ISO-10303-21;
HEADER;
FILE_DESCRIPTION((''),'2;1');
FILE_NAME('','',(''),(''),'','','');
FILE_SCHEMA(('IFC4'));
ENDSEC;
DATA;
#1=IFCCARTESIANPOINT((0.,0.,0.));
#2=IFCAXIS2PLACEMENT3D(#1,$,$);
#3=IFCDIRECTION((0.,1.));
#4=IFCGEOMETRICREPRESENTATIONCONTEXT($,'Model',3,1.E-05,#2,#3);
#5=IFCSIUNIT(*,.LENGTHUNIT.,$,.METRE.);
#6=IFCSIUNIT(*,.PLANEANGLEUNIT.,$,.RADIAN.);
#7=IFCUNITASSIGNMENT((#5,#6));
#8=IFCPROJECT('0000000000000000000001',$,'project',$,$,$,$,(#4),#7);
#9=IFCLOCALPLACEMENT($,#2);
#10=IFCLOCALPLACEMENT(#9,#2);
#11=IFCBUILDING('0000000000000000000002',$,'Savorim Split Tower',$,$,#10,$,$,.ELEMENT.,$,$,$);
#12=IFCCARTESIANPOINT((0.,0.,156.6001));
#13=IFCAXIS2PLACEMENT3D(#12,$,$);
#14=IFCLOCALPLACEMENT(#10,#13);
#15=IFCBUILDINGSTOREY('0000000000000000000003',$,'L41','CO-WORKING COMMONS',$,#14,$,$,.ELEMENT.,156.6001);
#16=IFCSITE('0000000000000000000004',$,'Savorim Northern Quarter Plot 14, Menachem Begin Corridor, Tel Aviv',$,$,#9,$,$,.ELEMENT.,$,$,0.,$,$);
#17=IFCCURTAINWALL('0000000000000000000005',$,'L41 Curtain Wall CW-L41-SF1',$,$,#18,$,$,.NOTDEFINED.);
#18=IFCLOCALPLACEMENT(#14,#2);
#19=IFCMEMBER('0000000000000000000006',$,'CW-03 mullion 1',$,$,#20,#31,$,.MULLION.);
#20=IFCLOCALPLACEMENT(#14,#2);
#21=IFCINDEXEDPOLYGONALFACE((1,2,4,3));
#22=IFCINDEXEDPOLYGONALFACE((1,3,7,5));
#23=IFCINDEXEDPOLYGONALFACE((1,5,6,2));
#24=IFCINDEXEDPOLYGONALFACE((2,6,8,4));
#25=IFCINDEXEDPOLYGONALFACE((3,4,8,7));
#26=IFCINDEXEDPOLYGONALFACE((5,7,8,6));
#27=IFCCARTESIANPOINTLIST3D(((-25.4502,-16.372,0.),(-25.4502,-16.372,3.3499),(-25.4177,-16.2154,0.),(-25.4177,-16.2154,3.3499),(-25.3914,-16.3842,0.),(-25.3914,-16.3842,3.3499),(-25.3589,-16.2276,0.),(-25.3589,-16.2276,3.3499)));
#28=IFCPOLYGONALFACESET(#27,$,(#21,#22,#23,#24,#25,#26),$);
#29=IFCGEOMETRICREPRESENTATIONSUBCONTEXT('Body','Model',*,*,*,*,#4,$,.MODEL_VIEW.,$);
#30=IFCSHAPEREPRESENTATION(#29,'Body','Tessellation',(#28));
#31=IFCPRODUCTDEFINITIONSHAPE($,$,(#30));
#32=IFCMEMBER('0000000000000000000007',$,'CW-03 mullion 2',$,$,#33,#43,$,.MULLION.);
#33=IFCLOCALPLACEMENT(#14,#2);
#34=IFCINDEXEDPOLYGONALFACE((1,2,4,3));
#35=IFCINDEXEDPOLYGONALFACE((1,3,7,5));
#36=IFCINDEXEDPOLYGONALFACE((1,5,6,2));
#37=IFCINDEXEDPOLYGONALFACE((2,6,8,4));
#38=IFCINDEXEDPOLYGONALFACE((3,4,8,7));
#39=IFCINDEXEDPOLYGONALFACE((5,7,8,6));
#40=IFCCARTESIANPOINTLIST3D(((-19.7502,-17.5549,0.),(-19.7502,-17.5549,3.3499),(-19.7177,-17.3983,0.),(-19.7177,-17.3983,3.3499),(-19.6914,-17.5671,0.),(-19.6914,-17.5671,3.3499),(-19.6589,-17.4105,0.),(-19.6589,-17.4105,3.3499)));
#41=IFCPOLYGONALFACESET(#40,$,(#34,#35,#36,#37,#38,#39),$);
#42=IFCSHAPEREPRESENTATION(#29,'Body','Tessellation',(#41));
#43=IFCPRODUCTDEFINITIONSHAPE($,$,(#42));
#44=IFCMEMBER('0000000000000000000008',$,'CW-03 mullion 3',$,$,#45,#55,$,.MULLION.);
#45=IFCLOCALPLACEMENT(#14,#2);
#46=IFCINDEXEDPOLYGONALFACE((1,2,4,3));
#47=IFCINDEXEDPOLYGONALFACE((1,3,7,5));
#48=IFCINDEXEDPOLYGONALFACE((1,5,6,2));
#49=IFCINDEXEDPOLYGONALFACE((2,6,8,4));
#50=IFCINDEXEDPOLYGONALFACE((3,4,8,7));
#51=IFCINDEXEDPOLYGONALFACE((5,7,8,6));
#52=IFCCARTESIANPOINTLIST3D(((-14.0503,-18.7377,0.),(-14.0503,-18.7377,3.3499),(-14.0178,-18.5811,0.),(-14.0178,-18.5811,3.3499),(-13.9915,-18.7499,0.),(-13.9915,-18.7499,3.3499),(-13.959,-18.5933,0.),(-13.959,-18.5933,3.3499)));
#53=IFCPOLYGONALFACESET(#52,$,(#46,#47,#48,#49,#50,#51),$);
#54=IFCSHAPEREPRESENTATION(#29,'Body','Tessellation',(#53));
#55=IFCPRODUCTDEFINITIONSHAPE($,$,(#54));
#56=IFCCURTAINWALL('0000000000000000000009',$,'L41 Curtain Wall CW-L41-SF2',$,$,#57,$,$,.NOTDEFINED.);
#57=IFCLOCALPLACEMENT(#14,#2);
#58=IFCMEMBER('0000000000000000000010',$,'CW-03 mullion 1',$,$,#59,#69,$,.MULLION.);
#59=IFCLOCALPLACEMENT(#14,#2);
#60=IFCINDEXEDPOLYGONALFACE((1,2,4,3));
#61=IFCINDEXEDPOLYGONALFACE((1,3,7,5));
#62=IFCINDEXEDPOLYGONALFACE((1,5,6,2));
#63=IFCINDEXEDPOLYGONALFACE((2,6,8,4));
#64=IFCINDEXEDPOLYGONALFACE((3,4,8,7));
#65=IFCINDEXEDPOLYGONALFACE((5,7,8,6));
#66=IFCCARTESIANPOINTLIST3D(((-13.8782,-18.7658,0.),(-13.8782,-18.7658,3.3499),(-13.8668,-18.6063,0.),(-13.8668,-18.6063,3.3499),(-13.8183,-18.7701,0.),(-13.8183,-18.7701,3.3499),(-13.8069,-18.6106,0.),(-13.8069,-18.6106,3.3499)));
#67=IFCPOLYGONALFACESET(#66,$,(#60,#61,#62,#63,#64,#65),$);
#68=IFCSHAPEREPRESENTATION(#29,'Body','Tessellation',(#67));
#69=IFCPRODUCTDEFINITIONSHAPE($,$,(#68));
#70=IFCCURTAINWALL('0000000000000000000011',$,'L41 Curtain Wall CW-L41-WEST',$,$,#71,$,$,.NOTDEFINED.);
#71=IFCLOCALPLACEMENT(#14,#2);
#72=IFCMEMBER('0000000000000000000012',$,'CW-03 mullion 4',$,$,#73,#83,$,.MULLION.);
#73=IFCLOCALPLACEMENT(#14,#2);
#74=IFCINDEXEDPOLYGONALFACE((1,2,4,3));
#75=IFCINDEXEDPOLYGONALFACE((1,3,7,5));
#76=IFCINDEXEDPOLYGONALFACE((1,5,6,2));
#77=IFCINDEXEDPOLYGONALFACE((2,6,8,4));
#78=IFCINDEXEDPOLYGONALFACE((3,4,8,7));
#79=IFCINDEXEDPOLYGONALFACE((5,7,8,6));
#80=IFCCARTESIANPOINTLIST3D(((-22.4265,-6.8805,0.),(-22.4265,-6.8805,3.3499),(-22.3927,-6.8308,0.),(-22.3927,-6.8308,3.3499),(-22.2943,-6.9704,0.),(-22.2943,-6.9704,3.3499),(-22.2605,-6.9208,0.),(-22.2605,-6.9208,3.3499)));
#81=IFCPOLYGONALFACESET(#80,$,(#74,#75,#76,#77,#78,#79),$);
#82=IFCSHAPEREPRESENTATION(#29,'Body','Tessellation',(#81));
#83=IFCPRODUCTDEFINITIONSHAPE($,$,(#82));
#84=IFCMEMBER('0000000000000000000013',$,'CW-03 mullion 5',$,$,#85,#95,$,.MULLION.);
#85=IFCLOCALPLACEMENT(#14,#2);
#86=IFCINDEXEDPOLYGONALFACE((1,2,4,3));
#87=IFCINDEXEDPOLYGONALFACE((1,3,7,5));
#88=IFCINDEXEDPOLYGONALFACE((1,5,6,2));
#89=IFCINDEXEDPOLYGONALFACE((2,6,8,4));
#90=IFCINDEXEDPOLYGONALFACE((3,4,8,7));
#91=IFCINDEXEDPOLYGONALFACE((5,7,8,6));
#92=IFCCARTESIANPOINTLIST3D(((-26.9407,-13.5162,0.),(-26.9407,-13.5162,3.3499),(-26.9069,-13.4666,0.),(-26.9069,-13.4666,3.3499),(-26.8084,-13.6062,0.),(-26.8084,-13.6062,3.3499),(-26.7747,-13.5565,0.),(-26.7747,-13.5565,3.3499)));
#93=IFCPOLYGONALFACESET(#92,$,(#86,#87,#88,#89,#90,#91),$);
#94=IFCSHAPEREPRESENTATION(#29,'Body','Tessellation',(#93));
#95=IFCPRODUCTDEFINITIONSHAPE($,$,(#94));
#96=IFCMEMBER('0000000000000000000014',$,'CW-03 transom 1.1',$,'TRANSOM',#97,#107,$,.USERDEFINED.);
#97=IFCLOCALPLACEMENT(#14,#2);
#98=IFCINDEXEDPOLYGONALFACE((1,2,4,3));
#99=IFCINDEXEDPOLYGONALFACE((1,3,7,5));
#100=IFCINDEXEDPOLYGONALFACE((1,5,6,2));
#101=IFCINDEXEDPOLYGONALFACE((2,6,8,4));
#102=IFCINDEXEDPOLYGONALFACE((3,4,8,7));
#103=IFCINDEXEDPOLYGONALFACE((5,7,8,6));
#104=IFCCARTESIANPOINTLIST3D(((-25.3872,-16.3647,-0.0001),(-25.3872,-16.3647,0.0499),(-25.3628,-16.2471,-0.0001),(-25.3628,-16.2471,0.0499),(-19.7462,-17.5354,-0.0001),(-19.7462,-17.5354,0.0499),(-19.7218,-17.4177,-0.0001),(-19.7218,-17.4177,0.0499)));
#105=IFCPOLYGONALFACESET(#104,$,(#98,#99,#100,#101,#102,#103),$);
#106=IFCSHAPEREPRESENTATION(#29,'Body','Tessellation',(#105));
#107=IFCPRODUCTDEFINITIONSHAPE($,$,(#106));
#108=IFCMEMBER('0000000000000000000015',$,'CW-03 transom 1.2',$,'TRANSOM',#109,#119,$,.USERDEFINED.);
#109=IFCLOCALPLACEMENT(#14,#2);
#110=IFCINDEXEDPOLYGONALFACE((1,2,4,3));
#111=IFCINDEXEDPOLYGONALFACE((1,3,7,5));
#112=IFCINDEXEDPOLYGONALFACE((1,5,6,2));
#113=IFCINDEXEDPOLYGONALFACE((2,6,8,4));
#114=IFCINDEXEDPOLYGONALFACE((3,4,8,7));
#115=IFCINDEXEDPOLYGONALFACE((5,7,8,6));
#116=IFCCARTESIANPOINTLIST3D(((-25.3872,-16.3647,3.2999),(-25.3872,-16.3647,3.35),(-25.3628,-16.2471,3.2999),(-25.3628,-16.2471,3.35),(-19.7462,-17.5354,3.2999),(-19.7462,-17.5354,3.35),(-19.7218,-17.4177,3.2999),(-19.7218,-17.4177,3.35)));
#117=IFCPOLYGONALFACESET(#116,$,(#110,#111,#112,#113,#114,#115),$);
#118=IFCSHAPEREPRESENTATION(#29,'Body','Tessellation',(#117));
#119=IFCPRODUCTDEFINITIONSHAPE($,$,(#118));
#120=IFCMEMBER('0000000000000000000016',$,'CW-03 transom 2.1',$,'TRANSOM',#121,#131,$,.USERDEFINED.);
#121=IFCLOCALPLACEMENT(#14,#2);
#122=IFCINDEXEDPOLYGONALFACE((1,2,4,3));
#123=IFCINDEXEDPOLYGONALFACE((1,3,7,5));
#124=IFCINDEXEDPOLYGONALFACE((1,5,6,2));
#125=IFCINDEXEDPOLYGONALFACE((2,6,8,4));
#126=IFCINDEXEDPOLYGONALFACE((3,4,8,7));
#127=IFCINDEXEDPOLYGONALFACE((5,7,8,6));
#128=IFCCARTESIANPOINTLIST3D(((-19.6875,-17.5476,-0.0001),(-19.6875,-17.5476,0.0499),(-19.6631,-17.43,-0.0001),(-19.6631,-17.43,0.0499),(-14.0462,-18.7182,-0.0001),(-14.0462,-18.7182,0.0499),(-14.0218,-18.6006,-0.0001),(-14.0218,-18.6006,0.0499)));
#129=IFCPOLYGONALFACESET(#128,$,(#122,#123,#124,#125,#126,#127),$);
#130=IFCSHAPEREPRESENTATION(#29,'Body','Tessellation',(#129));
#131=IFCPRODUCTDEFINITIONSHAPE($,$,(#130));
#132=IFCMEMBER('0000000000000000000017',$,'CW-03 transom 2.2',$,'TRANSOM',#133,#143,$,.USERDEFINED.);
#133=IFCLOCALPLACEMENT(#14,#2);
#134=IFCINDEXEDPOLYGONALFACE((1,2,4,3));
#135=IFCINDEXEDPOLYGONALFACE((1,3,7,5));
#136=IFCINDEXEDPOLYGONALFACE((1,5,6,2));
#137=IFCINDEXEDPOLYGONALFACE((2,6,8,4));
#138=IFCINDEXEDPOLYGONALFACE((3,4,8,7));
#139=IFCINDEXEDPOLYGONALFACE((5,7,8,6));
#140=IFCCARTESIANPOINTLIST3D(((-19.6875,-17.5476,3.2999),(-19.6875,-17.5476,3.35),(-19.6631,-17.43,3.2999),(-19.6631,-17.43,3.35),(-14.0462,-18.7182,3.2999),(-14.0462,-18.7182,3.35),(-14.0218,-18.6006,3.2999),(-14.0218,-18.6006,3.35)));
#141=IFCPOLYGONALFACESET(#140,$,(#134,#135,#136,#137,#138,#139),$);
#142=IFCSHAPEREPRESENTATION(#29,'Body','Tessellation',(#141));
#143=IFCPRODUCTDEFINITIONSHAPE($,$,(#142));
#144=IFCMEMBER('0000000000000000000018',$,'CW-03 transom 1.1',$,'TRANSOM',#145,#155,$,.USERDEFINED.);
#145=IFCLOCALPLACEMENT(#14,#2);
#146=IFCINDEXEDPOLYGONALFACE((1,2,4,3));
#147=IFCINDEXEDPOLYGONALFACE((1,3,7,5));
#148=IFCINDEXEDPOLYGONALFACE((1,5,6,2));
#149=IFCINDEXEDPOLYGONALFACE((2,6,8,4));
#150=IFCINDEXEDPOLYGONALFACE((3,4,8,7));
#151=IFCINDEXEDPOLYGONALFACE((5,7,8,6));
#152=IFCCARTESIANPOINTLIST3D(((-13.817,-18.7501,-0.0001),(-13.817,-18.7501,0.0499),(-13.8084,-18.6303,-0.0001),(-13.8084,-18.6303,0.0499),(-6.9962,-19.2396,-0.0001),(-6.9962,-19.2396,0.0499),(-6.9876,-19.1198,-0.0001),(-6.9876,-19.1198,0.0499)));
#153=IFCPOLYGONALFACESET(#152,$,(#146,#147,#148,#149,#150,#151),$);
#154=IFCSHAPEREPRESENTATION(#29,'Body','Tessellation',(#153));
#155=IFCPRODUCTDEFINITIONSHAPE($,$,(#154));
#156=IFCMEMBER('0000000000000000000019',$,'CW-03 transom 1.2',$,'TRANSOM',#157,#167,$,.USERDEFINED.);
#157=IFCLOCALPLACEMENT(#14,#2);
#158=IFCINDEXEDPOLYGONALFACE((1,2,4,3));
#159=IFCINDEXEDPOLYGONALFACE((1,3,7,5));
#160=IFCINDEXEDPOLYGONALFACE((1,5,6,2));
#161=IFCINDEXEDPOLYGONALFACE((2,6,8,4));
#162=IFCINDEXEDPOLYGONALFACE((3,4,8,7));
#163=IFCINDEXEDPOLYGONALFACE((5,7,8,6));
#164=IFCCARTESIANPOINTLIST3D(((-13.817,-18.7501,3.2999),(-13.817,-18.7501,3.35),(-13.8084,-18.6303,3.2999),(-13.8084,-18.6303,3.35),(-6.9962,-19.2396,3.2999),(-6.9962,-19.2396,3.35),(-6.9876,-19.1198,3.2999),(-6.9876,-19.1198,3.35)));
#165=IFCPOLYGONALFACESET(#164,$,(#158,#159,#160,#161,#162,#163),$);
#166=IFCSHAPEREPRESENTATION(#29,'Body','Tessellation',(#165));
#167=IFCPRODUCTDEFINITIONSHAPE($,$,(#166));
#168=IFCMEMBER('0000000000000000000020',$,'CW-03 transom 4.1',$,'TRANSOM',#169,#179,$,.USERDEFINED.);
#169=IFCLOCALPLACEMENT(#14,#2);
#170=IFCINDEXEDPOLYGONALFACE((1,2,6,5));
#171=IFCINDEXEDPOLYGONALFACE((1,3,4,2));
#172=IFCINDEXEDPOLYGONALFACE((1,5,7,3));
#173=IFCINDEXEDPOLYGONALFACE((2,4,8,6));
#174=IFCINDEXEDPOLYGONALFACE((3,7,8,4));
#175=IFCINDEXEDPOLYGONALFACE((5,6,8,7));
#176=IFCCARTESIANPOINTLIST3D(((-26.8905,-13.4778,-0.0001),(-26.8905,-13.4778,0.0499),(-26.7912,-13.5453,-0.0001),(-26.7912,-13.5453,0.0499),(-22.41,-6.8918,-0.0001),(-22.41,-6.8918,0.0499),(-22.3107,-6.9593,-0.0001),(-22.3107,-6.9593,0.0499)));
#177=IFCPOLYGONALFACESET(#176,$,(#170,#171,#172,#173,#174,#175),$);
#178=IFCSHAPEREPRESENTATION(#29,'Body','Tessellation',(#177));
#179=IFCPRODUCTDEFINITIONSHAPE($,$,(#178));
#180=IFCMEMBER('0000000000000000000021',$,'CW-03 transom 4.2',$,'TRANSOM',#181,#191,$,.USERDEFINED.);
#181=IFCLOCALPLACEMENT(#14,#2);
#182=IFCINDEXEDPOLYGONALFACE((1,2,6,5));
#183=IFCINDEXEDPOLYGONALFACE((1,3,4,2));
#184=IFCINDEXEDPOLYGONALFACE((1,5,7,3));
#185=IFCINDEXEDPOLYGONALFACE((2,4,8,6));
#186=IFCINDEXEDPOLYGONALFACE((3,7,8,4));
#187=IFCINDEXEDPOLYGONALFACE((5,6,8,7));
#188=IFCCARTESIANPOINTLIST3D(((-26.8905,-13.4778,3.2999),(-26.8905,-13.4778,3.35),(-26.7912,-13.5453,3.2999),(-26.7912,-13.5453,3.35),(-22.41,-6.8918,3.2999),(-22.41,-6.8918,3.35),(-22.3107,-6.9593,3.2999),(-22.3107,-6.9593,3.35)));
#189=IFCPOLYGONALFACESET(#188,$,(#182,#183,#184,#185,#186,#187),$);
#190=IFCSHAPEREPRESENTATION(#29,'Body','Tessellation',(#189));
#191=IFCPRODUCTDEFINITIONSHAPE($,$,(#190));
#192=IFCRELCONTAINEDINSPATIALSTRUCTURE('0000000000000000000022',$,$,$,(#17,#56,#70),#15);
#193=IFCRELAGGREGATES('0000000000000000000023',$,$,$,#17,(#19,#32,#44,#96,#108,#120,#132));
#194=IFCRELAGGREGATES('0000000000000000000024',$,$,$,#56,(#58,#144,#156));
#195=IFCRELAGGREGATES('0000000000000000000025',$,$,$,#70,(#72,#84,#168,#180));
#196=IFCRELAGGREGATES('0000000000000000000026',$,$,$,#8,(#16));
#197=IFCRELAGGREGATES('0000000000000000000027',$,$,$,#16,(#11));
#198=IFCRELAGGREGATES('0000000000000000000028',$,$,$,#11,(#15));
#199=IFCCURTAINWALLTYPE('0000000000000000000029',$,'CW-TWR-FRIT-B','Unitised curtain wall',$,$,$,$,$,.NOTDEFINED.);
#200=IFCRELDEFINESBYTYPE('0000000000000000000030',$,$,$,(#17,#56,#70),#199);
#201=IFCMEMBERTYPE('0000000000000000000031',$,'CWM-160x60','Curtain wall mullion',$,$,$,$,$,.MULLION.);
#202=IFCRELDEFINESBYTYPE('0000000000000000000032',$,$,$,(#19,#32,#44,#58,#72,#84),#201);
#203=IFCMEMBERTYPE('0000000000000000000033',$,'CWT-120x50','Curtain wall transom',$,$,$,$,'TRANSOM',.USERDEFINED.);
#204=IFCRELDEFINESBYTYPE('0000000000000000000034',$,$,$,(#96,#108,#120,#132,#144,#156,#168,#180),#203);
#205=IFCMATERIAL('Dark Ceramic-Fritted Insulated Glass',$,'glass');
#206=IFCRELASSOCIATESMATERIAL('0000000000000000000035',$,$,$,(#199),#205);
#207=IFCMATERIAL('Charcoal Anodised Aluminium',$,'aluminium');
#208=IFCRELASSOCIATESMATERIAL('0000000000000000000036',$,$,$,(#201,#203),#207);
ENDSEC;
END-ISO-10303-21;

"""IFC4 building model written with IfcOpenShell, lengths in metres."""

from ifc_helpers import new_model, si_unit, direction, frame, origin, origin_2d, place, context, subcontext, project, spatial, rectangle, extrude, material, material_profile, profile_set, type_object, element, aggregate, save


model = new_model("IFC4")

# Units and contexts
model_context = context("Model", 3, precision=1e-05, world=origin(), true_north=direction((0.0, 1.0)))
body_context = subcontext(model_context, "Body", "Model", "MODEL_VIEW")
ifc_project = project(units=[si_unit("LENGTHUNIT", "METRE"), si_unit("PLANEANGLEUNIT", "RADIAN")], contexts=[model_context])

# Site, building, storey
site_placement = place(None, origin())
site = spatial("IfcSite", under=ifc_project, at=site_placement, Name="Savorim Northern Quarter Plot 14, Menachem Begin Corridor, Tel Aviv", CompositionType="ELEMENT", RefElevation=0.0)
building_placement = place(site_placement, origin())
building = spatial("IfcBuilding", under=site, at=building_placement, Name="Savorim Split Tower", CompositionType="ELEMENT")
storey_placement = place(building_placement, frame((0.0, 0.0, 156.6001)))
storey = spatial("IfcBuildingStorey", under=building, at=storey_placement, Name="L41", Description="CO-WORKING COMMONS", CompositionType="ELEMENT", Elevation=156.6001)

# Curtain wall, members
ifc_material_1 = material(Name="Dark Ceramic-Fritted Insulated Glass", Category="glass")
curtain_wall_type = type_object("IfcCurtainWallType", Name="CW-TWR-FRIT-B", Description="Unitised curtain wall", PredefinedType="NOTDEFINED", material=ifc_material_1)
curtain_wall_1_placement = place(storey_placement, origin())
curtain_wall_1 = element("IfcCurtainWall", 1, at=curtain_wall_1_placement, inside=storey, type_object=curtain_wall_type, Name="L41 Curtain Wall CW-L41-SF1", PredefinedType="NOTDEFINED")
ifc_material_2 = material(Name="Charcoal Anodised Aluminium", Category="aluminium")
ifc_material_profile_1 = material_profile(ifc_material_2, rectangle(XDim=0.1599, YDim=0.0601, at=origin_2d()), Name="ALU-M 160x60")
ifc_profile_set_1 = profile_set([ifc_material_profile_1], Name="Charcoal Anodised Aluminium")
member_type_1 = type_object("IfcMemberType", Name="CWM-160x60", Description="Curtain wall mullion", PredefinedType="MULLION", material=ifc_profile_set_1)
member_1_placement = place(storey_placement, frame((-25.4045, -16.2998, 0.0), z_axis=(0.0, 0.0, 1.0), x_axis=(0.20321, 0.979135, 0.0)))
member_1 = element("IfcMember", 2, at=member_1_placement, type_object=member_type_1, Name="CW-03 mullion 1", PredefinedType="MULLION", context=body_context, shape_type="SweptSolid", body=[
    extrude(rectangle(XDim=0.1599, YDim=0.0601, at=origin_2d()), origin(), (0.0, 0.0, 1.0), 3.3499),
])
member_2_placement = place(storey_placement, frame((-19.7046, -17.4827, 0.0), z_axis=(0.0, 0.0, 1.0), x_axis=(0.20321, 0.979135, 0.0)))
member_2 = element("IfcMember", 3, at=member_2_placement, type_object=member_type_1, Name="CW-03 mullion 2", PredefinedType="MULLION", context=body_context, shape_type="SweptSolid", body=[
    extrude(rectangle(XDim=0.1599, YDim=0.0601, at=origin_2d()), origin(), (0.0, 0.0, 1.0), 3.3499),
])
member_3_placement = place(storey_placement, frame((-14.0046, -18.6655, 0.0), z_axis=(0.0, 0.0, 1.0), x_axis=(0.20321, 0.979135, 0.0)))
member_3 = element("IfcMember", 4, at=member_3_placement, type_object=member_type_1, Name="CW-03 mullion 3", PredefinedType="MULLION", context=body_context, shape_type="SweptSolid", body=[
    extrude(rectangle(XDim=0.1599, YDim=0.0601, at=origin_2d()), origin(), (0.0, 0.0, 1.0), 3.3499),
])

# Curtain wall, member
curtain_wall_2_placement = place(storey_placement, origin())
curtain_wall_2 = element("IfcCurtainWall", 5, at=curtain_wall_2_placement, inside=storey, type_object=curtain_wall_type, Name="L41 Curtain Wall CW-L41-SF2", PredefinedType="NOTDEFINED")
member_4_placement = place(storey_placement, frame((-13.8425, -18.6882, 0.0), z_axis=(0.0, 0.0, 1.0), x_axis=(0.071561, 0.997436, 0.0)))
member_4 = element("IfcMember", 6, at=member_4_placement, type_object=member_type_1, Name="CW-03 mullion 1", PredefinedType="MULLION", context=body_context, shape_type="SweptSolid", body=[
    extrude(rectangle(XDim=0.1599, YDim=0.0601, at=origin_2d()), origin(), (0.0, 0.0, 1.0), 3.3499),
])

# Curtain wall, members
curtain_wall_3_placement = place(storey_placement, origin())
curtain_wall_3 = element("IfcCurtainWall", 7, at=curtain_wall_3_placement, inside=storey, type_object=curtain_wall_type, Name="L41 Curtain Wall CW-L41-WEST", PredefinedType="NOTDEFINED")
member_5_placement = place(storey_placement, frame((-22.3435, -6.9006, 0.0), z_axis=(0.0, 0.0, 1.0), x_axis=(0.82682, -0.562466, 0.0)))
member_5 = element("IfcMember", 8, at=member_5_placement, type_object=member_type_1, Name="CW-03 mullion 4", PredefinedType="MULLION", context=body_context, shape_type="SweptSolid", body=[
    extrude(rectangle(XDim=0.1599, YDim=0.0601, at=origin_2d()), origin(), (0.0, 0.0, 1.0), 3.3499),
])
member_6_placement = place(storey_placement, frame((-26.8577, -13.5364, 0.0), z_axis=(0.0, 0.0, 1.0), x_axis=(0.82682, -0.562466, 0.0)))
member_6 = element("IfcMember", 9, at=member_6_placement, type_object=member_type_1, Name="CW-03 mullion 5", PredefinedType="MULLION", context=body_context, shape_type="SweptSolid", body=[
    extrude(rectangle(XDim=0.1599, YDim=0.0601, at=origin_2d()), origin(), (0.0, 0.0, 1.0), 3.3499),
])

# Members
ifc_material_profile_2 = material_profile(ifc_material_2, rectangle(XDim=0.1201, YDim=0.05, at=origin_2d()), Name="ALU-T 120x50")
ifc_profile_set_2 = profile_set([ifc_material_profile_2], Name="Charcoal Anodised Aluminium")
member_type_2 = type_object("IfcMemberType", Name="CWT-120x50", Description="Curtain wall transom", ElementType="TRANSOM", PredefinedType="USERDEFINED", material=ifc_profile_set_2)
member_7_placement = place(storey_placement, frame((-25.375, -16.3059, 0.0249), z_axis=(0.979139, -0.203193, 0.0), x_axis=(0.203193, 0.979139, 0.0)))
member_7 = element("IfcMember", 10, at=member_7_placement, type_object=member_type_2, Name="CW-03 transom 1.1", ObjectType="TRANSOM", PredefinedType="USERDEFINED", context=body_context, shape_type="SweptSolid", body=[
    extrude(rectangle(XDim=0.1201, YDim=0.05, at=origin_2d()), origin(), (0.0, 0.0, 1.0), 5.7612),
])
member_8_placement = place(storey_placement, frame((-25.375, -16.3059, 3.325), z_axis=(0.979139, -0.203193, 0.0), x_axis=(0.203193, 0.979139, 0.0)))
member_8 = element("IfcMember", 11, at=member_8_placement, type_object=member_type_2, Name="CW-03 transom 1.2", ObjectType="TRANSOM", PredefinedType="USERDEFINED", context=body_context, shape_type="SweptSolid", body=[
    extrude(rectangle(XDim=0.1201, YDim=0.05, at=origin_2d()), origin(), (0.0, 0.0, 1.0), 5.7612),
])
member_9_placement = place(storey_placement, frame((-19.6753, -17.4888, 0.0249), z_axis=(0.979141, -0.203184, 0.0), x_axis=(0.203184, 0.979141, 0.0)))
member_9 = element("IfcMember", 12, at=member_9_placement, type_object=member_type_2, Name="CW-03 transom 2.1", ObjectType="TRANSOM", PredefinedType="USERDEFINED", context=body_context, shape_type="SweptSolid", body=[
    extrude(rectangle(XDim=0.1201, YDim=0.05, at=origin_2d()), origin(), (0.0, 0.0, 1.0), 5.7615),
])
member_10_placement = place(storey_placement, frame((-19.6753, -17.4888, 3.325), z_axis=(0.979141, -0.203184, 0.0), x_axis=(0.203184, 0.979141, 0.0)))
member_10 = element("IfcMember", 13, at=member_10_placement, type_object=member_type_2, Name="CW-03 transom 2.2", ObjectType="TRANSOM", PredefinedType="USERDEFINED", context=body_context, shape_type="SweptSolid", body=[
    extrude(rectangle(XDim=0.1201, YDim=0.05, at=origin_2d()), origin(), (0.0, 0.0, 1.0), 5.7615),
])
member_11_placement = place(storey_placement, frame((-13.8127, -18.6902, 0.0249), z_axis=(0.997435, -0.071582, 0.0), x_axis=(0.071582, 0.997435, 0.0)))
member_11 = element("IfcMember", 14, at=member_11_placement, type_object=member_type_2, Name="CW-03 transom 1.1", ObjectType="TRANSOM", PredefinedType="USERDEFINED", context=body_context, shape_type="SweptSolid", body=[
    extrude(rectangle(XDim=0.1201, YDim=0.05, at=origin_2d()), origin(), (0.0, 0.0, 1.0), 6.8384),
])
member_12_placement = place(storey_placement, frame((-13.8127, -18.6902, 3.325), z_axis=(0.997435, -0.071582, 0.0), x_axis=(0.071582, 0.997435, 0.0)))
member_12 = element("IfcMember", 15, at=member_12_placement, type_object=member_type_2, Name="CW-03 transom 1.2", ObjectType="TRANSOM", PredefinedType="USERDEFINED", context=body_context, shape_type="SweptSolid", body=[
    extrude(rectangle(XDim=0.1201, YDim=0.05, at=origin_2d()), origin(), (0.0, 0.0, 1.0), 6.8384),
])
member_13_placement = place(storey_placement, frame((-22.3604, -6.9255, 0.0249), z_axis=(-0.562484, -0.826808, 0.0), x_axis=(0.826808, -0.562484, 0.0)))
member_13 = element("IfcMember", 16, at=member_13_placement, type_object=member_type_2, Name="CW-03 transom 4.1", ObjectType="TRANSOM", PredefinedType="USERDEFINED", context=body_context, shape_type="SweptSolid", body=[
    extrude(rectangle(XDim=0.1201, YDim=0.05, at=origin_2d()), origin(), (0.0, 0.0, 1.0), 7.9656),
])
member_14_placement = place(storey_placement, frame((-22.3604, -6.9255, 3.325), z_axis=(-0.562484, -0.826808, 0.0), x_axis=(0.826808, -0.562484, 0.0)))
member_14 = element("IfcMember", 17, at=member_14_placement, type_object=member_type_2, Name="CW-03 transom 4.2", ObjectType="TRANSOM", PredefinedType="USERDEFINED", context=body_context, shape_type="SweptSolid", body=[
    extrude(rectangle(XDim=0.1201, YDim=0.05, at=origin_2d()), origin(), (0.0, 0.0, 1.0), 7.9656),
])

aggregate(curtain_wall_1, [member_1, member_2, member_3, member_7, member_8, member_9, member_10])
aggregate(curtain_wall_2, [member_4, member_11, member_12])
aggregate(curtain_wall_3, [member_5, member_6, member_13, member_14])

save(model, "model.ifc")
